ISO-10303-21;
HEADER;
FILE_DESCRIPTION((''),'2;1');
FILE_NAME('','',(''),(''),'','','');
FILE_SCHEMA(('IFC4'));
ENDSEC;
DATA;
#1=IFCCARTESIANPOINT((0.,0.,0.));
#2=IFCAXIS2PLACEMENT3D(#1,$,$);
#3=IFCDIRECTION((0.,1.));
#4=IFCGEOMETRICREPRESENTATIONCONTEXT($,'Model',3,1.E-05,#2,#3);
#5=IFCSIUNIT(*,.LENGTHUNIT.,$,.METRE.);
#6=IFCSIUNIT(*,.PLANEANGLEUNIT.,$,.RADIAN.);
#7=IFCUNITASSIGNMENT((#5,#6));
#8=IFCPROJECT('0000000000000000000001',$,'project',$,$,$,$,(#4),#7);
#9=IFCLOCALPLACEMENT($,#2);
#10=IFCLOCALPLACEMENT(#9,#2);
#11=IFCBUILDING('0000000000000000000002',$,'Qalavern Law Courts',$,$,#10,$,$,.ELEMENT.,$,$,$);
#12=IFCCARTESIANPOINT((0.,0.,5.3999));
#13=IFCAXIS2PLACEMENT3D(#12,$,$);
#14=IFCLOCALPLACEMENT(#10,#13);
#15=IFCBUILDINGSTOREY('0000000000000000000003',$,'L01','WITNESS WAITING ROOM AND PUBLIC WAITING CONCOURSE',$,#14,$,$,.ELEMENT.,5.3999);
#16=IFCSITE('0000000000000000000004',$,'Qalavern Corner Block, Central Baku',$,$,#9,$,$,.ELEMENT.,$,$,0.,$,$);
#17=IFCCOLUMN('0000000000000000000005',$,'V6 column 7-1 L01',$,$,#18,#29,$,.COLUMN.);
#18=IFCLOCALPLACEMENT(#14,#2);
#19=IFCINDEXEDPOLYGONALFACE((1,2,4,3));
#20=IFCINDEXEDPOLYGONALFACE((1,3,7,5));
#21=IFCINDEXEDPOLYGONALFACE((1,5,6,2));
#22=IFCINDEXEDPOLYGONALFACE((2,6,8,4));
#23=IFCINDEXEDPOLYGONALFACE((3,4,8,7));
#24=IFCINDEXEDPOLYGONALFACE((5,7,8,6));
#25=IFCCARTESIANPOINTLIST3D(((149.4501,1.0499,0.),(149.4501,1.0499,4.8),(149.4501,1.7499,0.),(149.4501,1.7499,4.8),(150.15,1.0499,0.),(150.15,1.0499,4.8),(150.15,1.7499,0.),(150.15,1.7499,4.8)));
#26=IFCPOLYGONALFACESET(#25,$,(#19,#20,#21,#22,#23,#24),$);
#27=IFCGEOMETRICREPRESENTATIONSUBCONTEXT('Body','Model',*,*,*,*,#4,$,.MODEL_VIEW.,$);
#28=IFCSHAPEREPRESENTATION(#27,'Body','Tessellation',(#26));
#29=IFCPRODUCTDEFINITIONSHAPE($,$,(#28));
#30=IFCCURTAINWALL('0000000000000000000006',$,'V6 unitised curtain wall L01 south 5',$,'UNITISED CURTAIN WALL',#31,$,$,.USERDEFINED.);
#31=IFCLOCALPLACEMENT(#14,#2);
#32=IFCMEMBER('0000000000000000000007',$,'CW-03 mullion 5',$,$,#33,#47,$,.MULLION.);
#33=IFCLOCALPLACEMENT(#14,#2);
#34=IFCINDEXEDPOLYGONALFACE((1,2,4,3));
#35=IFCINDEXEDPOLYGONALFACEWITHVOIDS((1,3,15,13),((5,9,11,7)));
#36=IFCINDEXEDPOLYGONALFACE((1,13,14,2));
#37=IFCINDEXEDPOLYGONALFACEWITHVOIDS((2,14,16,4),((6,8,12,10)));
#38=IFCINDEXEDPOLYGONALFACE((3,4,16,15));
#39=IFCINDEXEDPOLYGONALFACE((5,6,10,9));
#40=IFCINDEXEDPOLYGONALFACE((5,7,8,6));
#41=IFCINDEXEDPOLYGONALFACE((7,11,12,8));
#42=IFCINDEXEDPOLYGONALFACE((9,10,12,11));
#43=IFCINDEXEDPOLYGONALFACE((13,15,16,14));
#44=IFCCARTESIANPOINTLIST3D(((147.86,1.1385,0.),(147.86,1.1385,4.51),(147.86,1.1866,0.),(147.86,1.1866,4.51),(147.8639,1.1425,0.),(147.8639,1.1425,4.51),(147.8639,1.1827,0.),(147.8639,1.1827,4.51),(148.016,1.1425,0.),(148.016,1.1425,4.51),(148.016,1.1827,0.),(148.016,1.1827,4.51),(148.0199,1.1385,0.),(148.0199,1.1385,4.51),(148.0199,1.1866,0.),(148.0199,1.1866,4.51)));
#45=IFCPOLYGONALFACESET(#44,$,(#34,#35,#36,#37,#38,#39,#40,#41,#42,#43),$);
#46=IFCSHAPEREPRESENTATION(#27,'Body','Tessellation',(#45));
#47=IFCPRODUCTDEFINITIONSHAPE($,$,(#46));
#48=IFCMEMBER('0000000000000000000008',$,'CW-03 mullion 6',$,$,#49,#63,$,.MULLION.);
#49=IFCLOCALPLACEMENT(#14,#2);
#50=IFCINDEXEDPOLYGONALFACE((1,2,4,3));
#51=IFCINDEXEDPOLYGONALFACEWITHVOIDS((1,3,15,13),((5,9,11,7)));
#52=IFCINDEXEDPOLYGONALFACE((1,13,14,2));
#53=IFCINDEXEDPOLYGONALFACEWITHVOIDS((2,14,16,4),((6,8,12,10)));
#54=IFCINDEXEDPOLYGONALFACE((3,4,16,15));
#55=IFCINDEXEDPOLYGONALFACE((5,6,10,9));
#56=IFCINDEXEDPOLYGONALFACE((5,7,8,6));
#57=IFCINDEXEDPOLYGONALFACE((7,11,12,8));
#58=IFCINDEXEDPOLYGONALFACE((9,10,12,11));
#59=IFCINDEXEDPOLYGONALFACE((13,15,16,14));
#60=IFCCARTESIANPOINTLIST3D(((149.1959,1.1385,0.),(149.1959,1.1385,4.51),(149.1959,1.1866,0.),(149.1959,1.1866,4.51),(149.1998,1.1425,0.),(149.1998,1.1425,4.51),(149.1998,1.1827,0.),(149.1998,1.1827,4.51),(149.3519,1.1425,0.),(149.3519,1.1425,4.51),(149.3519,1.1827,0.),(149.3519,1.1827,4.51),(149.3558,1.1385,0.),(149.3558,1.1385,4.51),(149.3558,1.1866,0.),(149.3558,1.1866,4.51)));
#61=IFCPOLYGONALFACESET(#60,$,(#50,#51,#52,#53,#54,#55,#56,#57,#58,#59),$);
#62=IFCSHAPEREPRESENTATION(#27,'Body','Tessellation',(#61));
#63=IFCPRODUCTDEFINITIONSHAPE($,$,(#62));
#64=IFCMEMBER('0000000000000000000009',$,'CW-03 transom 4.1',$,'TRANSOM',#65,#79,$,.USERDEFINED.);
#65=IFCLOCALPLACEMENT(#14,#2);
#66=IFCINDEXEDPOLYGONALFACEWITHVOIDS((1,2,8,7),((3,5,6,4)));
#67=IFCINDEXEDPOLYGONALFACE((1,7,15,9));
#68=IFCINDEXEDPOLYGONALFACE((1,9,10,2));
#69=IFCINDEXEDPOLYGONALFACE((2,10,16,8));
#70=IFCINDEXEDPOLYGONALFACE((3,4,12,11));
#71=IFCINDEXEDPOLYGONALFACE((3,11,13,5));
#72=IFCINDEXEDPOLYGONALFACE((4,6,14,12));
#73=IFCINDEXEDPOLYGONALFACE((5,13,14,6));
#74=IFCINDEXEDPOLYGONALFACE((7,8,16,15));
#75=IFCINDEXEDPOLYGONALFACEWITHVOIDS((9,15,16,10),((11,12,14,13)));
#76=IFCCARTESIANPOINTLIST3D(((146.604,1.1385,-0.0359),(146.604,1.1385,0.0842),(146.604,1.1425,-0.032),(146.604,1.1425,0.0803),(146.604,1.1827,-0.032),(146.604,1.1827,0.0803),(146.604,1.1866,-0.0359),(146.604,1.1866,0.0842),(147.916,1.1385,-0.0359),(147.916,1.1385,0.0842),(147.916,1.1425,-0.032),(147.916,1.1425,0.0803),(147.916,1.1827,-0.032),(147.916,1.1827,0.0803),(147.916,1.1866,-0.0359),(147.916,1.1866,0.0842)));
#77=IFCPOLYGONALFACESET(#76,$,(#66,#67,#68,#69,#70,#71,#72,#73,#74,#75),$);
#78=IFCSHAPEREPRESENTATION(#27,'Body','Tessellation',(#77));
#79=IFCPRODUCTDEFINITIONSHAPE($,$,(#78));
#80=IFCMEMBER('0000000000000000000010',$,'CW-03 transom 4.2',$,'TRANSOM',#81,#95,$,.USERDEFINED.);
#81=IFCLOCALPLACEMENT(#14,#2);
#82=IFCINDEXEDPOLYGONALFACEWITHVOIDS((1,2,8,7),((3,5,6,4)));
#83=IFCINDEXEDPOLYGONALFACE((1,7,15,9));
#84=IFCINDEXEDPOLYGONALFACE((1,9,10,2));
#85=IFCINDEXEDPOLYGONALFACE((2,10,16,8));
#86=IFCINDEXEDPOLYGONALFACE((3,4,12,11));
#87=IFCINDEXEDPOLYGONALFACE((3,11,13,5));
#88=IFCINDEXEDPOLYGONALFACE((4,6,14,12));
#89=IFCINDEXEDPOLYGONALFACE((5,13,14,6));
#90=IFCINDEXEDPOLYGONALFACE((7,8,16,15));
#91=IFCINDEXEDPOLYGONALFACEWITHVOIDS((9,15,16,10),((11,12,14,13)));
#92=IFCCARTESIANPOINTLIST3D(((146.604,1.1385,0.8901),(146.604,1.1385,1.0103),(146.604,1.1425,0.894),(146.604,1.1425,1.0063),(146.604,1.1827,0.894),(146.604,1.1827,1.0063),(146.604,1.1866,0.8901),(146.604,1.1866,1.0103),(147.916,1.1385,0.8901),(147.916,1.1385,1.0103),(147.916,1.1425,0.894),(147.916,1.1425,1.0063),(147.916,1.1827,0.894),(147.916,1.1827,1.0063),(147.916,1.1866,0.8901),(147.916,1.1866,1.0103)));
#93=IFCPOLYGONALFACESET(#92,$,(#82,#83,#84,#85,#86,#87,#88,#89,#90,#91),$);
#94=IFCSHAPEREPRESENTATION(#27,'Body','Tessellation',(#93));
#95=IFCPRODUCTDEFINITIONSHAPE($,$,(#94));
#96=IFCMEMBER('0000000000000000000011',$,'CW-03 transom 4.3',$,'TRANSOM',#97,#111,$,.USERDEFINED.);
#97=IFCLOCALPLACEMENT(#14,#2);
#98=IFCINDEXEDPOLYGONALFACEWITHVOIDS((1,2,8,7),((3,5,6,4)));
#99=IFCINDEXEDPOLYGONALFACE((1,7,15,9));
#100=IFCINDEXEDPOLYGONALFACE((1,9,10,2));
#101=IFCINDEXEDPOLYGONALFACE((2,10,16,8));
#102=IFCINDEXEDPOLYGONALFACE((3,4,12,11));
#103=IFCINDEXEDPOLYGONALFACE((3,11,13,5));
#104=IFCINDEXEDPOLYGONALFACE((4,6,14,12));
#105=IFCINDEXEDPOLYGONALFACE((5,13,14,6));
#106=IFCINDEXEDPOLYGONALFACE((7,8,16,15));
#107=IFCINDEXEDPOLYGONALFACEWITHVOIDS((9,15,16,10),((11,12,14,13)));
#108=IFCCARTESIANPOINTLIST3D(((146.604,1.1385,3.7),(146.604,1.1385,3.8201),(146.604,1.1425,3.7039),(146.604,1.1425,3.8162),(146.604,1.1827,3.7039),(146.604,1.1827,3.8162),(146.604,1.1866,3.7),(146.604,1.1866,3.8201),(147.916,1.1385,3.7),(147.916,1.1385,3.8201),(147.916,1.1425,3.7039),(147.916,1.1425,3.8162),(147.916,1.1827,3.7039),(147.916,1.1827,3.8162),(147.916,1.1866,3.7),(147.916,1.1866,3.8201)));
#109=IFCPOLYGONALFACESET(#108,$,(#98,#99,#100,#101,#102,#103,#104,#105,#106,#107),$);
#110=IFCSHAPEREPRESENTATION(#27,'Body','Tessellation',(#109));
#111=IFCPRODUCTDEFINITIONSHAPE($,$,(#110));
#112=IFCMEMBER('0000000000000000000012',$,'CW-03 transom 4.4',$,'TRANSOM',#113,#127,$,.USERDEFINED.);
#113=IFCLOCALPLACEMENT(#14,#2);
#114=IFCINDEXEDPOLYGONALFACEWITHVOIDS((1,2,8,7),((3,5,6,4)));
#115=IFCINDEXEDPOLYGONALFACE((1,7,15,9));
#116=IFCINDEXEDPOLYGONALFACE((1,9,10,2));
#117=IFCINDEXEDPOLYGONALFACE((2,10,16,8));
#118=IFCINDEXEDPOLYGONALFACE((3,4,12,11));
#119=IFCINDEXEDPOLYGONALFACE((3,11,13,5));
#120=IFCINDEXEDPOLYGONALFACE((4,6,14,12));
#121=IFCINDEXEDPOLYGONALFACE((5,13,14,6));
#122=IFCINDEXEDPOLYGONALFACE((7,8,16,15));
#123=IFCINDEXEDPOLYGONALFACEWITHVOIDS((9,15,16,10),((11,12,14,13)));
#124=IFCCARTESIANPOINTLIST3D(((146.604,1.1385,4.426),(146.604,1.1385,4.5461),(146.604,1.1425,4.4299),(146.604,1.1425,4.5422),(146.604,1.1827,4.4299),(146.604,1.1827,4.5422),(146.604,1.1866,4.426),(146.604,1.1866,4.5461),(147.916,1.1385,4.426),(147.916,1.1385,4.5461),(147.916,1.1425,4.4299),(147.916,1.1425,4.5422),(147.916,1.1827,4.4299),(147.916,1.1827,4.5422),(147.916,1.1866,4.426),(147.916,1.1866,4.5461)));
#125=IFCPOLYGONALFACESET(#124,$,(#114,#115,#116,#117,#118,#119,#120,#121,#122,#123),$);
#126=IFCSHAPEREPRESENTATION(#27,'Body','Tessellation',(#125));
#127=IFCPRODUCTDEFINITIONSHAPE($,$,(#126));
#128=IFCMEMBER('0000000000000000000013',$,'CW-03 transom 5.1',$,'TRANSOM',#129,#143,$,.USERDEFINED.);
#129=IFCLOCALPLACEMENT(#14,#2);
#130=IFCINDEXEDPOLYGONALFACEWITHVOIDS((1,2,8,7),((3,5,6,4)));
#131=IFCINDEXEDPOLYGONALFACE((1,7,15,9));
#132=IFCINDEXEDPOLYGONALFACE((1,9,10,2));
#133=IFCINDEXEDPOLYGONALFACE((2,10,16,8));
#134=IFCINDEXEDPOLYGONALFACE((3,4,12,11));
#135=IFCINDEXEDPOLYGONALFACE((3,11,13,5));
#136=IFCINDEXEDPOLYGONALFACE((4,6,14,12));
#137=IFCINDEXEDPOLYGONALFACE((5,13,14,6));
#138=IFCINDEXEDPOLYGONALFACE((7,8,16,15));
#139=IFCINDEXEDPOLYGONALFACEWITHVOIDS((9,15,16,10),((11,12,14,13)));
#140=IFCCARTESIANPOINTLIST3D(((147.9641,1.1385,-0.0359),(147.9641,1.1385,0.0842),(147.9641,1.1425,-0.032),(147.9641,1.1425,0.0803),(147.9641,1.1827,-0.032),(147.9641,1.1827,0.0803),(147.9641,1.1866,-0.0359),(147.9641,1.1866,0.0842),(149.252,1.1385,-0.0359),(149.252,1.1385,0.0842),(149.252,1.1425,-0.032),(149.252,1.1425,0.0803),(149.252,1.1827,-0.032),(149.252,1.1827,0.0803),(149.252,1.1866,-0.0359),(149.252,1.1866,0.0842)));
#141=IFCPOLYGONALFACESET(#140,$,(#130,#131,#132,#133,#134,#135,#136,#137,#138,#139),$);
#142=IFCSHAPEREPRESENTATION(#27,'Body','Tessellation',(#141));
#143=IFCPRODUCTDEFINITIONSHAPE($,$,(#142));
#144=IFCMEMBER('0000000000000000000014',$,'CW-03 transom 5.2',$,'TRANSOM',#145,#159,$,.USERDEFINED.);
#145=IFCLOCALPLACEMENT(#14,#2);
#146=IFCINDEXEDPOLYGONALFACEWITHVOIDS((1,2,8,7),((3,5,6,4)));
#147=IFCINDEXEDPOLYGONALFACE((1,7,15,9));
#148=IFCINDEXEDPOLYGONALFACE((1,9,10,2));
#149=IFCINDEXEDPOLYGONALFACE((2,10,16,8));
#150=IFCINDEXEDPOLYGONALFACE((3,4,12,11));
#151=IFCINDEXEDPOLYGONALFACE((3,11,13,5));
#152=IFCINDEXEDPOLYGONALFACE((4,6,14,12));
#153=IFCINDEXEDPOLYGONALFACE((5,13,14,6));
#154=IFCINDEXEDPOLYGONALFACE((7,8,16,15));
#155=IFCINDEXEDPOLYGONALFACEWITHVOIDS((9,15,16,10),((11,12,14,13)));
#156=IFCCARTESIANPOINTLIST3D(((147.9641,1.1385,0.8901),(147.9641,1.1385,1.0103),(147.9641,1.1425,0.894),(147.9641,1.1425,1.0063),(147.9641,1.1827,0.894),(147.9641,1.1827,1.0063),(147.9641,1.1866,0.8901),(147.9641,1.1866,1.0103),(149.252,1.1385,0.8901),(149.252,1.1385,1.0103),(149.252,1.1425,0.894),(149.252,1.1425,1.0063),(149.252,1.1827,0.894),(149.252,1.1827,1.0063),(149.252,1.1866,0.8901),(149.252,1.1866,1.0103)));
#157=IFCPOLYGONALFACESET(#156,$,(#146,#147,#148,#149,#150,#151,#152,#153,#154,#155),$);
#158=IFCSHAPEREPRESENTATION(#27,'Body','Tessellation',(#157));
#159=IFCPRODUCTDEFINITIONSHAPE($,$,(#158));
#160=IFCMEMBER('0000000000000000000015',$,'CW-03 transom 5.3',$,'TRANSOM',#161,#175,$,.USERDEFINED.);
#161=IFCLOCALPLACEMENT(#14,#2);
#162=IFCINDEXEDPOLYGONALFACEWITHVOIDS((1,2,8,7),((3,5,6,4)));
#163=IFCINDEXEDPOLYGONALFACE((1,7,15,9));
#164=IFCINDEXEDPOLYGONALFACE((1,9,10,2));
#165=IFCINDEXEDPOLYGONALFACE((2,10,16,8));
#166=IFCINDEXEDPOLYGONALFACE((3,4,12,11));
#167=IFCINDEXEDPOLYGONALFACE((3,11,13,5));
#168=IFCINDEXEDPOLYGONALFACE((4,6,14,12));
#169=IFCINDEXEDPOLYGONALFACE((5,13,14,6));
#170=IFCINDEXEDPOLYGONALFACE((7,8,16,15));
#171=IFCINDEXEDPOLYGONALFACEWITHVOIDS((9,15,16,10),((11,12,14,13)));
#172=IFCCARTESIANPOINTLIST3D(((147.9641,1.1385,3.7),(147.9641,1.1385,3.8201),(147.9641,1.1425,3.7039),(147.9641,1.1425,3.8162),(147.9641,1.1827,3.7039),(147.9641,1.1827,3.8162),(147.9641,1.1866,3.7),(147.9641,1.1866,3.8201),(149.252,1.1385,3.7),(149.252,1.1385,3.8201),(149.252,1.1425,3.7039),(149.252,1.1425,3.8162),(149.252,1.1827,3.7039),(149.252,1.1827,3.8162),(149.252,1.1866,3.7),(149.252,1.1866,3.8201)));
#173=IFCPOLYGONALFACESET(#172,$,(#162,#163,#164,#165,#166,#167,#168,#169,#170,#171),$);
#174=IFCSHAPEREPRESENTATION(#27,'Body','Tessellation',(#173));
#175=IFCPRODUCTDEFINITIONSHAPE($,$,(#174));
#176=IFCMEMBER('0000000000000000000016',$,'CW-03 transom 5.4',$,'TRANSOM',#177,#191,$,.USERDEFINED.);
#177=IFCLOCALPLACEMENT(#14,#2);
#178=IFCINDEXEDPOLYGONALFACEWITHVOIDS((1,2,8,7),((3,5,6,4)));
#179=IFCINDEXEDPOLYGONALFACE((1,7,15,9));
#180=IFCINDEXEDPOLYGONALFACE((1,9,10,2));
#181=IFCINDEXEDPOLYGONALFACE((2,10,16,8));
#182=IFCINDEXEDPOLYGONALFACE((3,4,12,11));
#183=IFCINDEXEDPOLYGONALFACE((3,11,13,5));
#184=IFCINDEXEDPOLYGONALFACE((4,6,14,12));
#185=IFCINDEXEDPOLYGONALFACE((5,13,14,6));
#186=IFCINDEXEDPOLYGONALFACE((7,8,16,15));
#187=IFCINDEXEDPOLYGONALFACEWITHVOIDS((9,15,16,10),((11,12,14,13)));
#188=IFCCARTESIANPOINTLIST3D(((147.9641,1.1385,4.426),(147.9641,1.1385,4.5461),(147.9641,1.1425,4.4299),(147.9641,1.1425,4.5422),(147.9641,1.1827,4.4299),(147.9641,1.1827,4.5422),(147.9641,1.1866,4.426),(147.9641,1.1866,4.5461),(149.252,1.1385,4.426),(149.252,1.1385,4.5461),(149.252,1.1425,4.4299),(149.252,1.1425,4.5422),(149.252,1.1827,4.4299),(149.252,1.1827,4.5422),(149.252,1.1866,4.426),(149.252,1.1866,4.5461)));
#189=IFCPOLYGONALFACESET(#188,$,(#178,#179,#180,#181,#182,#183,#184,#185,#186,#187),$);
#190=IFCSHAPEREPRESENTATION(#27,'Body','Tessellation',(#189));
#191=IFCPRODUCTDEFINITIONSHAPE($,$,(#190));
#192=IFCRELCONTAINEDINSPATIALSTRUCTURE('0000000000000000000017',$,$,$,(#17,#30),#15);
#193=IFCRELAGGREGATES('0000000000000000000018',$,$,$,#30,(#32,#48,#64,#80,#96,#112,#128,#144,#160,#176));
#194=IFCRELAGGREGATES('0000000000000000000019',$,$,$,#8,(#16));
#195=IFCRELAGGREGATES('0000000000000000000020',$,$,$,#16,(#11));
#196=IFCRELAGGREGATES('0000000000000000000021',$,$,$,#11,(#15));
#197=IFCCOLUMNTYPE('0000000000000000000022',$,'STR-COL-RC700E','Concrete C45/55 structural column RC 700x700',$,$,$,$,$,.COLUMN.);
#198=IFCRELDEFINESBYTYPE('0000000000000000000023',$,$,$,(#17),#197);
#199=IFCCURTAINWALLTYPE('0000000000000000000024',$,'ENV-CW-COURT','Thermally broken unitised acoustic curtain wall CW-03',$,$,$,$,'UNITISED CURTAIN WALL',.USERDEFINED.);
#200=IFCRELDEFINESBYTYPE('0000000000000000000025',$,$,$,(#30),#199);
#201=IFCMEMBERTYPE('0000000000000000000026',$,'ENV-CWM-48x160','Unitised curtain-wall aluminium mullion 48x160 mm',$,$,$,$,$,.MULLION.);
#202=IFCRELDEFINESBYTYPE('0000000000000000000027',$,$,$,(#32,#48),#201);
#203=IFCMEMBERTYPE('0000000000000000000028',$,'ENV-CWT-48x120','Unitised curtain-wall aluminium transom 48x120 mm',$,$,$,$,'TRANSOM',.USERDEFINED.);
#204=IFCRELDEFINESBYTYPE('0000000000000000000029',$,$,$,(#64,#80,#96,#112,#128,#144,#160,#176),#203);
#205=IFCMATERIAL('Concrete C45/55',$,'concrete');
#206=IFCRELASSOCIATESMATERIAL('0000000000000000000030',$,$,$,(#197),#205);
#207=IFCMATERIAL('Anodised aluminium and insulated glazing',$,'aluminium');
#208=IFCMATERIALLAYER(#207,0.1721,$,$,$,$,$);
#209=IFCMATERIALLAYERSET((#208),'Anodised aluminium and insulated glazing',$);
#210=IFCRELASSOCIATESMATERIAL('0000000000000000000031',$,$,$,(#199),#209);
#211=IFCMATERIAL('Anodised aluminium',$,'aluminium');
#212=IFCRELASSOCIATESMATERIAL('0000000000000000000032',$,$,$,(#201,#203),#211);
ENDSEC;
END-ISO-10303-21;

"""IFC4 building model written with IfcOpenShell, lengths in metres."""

from ifc_helpers import new_model, si_unit, direction, frame, origin, origin_2d, place, context, subcontext, project, spatial, rectangle, hollow_rectangle, extrude, material, layer, layer_set, material_profile, profile_set, type_object, element, aggregate, save


model = new_model("IFC4")

# Units and contexts
model_context = context("Model", 3, precision=1e-05, world=origin(), true_north=direction((0.0, 1.0)))
body_context = subcontext(model_context, "Body", "Model", "MODEL_VIEW")
ifc_project = project(units=[si_unit("LENGTHUNIT", "METRE"), si_unit("PLANEANGLEUNIT", "RADIAN")], contexts=[model_context])

# Site, building, storey
site_placement = place(None, origin())
site = spatial("IfcSite", under=ifc_project, at=site_placement, Name="Qalavern Corner Block, Central Baku", CompositionType="ELEMENT", RefElevation=0.0)
building_placement = place(site_placement, origin())
building = spatial("IfcBuilding", under=site, at=building_placement, Name="Qalavern Law Courts", CompositionType="ELEMENT")
storey_placement = place(building_placement, frame((0.0, 0.0, 5.3999)))
storey = spatial("IfcBuildingStorey", under=building, at=storey_placement, Name="L01", Description="WITNESS WAITING ROOM AND PUBLIC WAITING CONCOURSE", CompositionType="ELEMENT", Elevation=5.3999)

# Column
ifc_material_1 = material(Name="Concrete C45/55", Category="concrete")
ifc_material_profile_1 = material_profile(ifc_material_1, rectangle(XDim=0.7, YDim=0.7, at=origin_2d()), Name="RC 700x700")
ifc_profile_set_1 = profile_set([ifc_material_profile_1], Name="Concrete C45/55")
column_type = type_object("IfcColumnType", Name="STR-COL-RC700E", Description="Concrete C45/55 structural column RC 700x700", PredefinedType="COLUMN", material=ifc_profile_set_1)
column_placement = place(storey_placement, frame((149.8, 1.3999, 0.0), z_axis=(0.0, 0.0, 1.0), x_axis=(1.0, 0.0, 0.0)))
element("IfcColumn", 1, at=column_placement, inside=storey, type_object=column_type, Name="V6 column 7-1 L01", PredefinedType="COLUMN", context=body_context, shape_type="SweptSolid", body=[
    extrude(rectangle(XDim=0.7, YDim=0.7, at=origin_2d()), origin(), (0.0, 0.0, 1.0), 4.8),
])

# Curtain wall, members
ifc_material_2 = material(Name="Anodised aluminium and insulated glazing", Category="aluminium")
ifc_layer_1 = layer(ifc_material_2, 0.1721)
ifc_layer_set_1 = layer_set([ifc_layer_1], Name="Anodised aluminium and insulated glazing")
curtain_wall_type = type_object("IfcCurtainWallType", Name="ENV-CW-COURT", Description="Thermally broken unitised acoustic curtain wall CW-03", ElementType="UNITISED CURTAIN WALL", PredefinedType="USERDEFINED", material=ifc_layer_set_1)
curtain_wall_placement = place(storey_placement, origin())
curtain_wall = element("IfcCurtainWall", 2, at=curtain_wall_placement, inside=storey, type_object=curtain_wall_type, Name="V6 unitised curtain wall L01 south 5", ObjectType="UNITISED CURTAIN WALL", PredefinedType="USERDEFINED")
ifc_material_3 = material(Name="Anodised aluminium", Category="aluminium")
ifc_material_profile_2 = material_profile(ifc_material_3, hollow_rectangle(XDim=0.0481, YDim=0.1599, WallThickness=0.0039, at=origin_2d()), Name="ALU MULLION 48x160")
ifc_profile_set_2 = profile_set([ifc_material_profile_2], Name="Anodised aluminium")
member_type_1 = type_object("IfcMemberType", Name="ENV-CWM-48x160", Description="Unitised curtain-wall aluminium mullion 48x160 mm", PredefinedType="MULLION", material=ifc_profile_set_2)
member_1_placement = place(storey_placement, frame((147.9399, 1.1626, 0.0), z_axis=(0.0, 0.0, 1.0), x_axis=(0.0, 1.0, 0.0)))
member_1 = element("IfcMember", 3, at=member_1_placement, type_object=member_type_1, Name="CW-03 mullion 5", PredefinedType="MULLION", context=body_context, shape_type="SweptSolid", body=[
    extrude(hollow_rectangle(XDim=0.0481, YDim=0.1599, WallThickness=0.0039, at=origin_2d()), origin(), (0.0, 0.0, 1.0), 4.51),
])
member_2_placement = place(storey_placement, frame((149.2759, 1.1626, 0.0), z_axis=(0.0, 0.0, 1.0), x_axis=(0.0, 1.0, 0.0)))
member_2 = element("IfcMember", 4, at=member_2_placement, type_object=member_type_1, Name="CW-03 mullion 6", PredefinedType="MULLION", context=body_context, shape_type="SweptSolid", body=[
    extrude(hollow_rectangle(XDim=0.0481, YDim=0.1599, WallThickness=0.0039, at=origin_2d()), origin(), (0.0, 0.0, 1.0), 4.51),
])
ifc_material_profile_3 = material_profile(ifc_material_3, hollow_rectangle(XDim=0.0481, YDim=0.1201, WallThickness=0.0039, at=origin_2d()), Name="ALU TRANSOM 48x120")
ifc_profile_set_3 = profile_set([ifc_material_profile_3], Name="Anodised aluminium")
member_type_2 = type_object("IfcMemberType", Name="ENV-CWT-48x120", Description="Unitised curtain-wall aluminium transom 48x120 mm", ElementType="TRANSOM", PredefinedType="USERDEFINED", material=ifc_profile_set_3)
member_3_placement = place(storey_placement, frame((146.604, 1.1626, 0.0242), z_axis=(1.0, 0.0, 0.0), x_axis=(0.0, 1.0, 0.0)))
member_3 = element("IfcMember", 5, at=member_3_placement, type_object=member_type_2, Name="CW-03 transom 4.1", ObjectType="TRANSOM", PredefinedType="USERDEFINED", context=body_context, shape_type="SweptSolid", body=[
    extrude(hollow_rectangle(XDim=0.0481, YDim=0.1201, WallThickness=0.0039, at=origin_2d()), origin(), (0.0, 0.0, 1.0), 1.312),
])
member_4_placement = place(storey_placement, frame((146.604, 1.1626, 0.9502), z_axis=(1.0, 0.0, 0.0), x_axis=(0.0, 1.0, 0.0)))
member_4 = element("IfcMember", 6, at=member_4_placement, type_object=member_type_2, Name="CW-03 transom 4.2", ObjectType="TRANSOM", PredefinedType="USERDEFINED", context=body_context, shape_type="SweptSolid", body=[
    extrude(hollow_rectangle(XDim=0.0481, YDim=0.1201, WallThickness=0.0039, at=origin_2d()), origin(), (0.0, 0.0, 1.0), 1.312),
])
member_5_placement = place(storey_placement, frame((146.604, 1.1626, 3.76), z_axis=(1.0, 0.0, 0.0), x_axis=(0.0, 1.0, 0.0)))
member_5 = element("IfcMember", 7, at=member_5_placement, type_object=member_type_2, Name="CW-03 transom 4.3", ObjectType="TRANSOM", PredefinedType="USERDEFINED", context=body_context, shape_type="SweptSolid", body=[
    extrude(hollow_rectangle(XDim=0.0481, YDim=0.1201, WallThickness=0.0039, at=origin_2d()), origin(), (0.0, 0.0, 1.0), 1.312),
])
member_6_placement = place(storey_placement, frame((146.604, 1.1626, 4.4861), z_axis=(1.0, 0.0, 0.0), x_axis=(0.0, 1.0, 0.0)))
member_6 = element("IfcMember", 8, at=member_6_placement, type_object=member_type_2, Name="CW-03 transom 4.4", ObjectType="TRANSOM", PredefinedType="USERDEFINED", context=body_context, shape_type="SweptSolid", body=[
    extrude(hollow_rectangle(XDim=0.0481, YDim=0.1201, WallThickness=0.0039, at=origin_2d()), origin(), (0.0, 0.0, 1.0), 1.312),
])
member_7_placement = place(storey_placement, frame((147.9641, 1.1626, 0.0242), z_axis=(1.0, 0.0, 0.0), x_axis=(0.0, 1.0, 0.0)))
member_7 = element("IfcMember", 9, at=member_7_placement, type_object=member_type_2, Name="CW-03 transom 5.1", ObjectType="TRANSOM", PredefinedType="USERDEFINED", context=body_context, shape_type="SweptSolid", body=[
    extrude(hollow_rectangle(XDim=0.0481, YDim=0.1201, WallThickness=0.0039, at=origin_2d()), origin(), (0.0, 0.0, 1.0), 1.2878),
])
member_8_placement = place(storey_placement, frame((147.9641, 1.1626, 0.9502), z_axis=(1.0, 0.0, 0.0), x_axis=(0.0, 1.0, 0.0)))
member_8 = element("IfcMember", 10, at=member_8_placement, type_object=member_type_2, Name="CW-03 transom 5.2", ObjectType="TRANSOM", PredefinedType="USERDEFINED", context=body_context, shape_type="SweptSolid", body=[
    extrude(hollow_rectangle(XDim=0.0481, YDim=0.1201, WallThickness=0.0039, at=origin_2d()), origin(), (0.0, 0.0, 1.0), 1.2878),
])
member_9_placement = place(storey_placement, frame((147.9641, 1.1626, 3.76), z_axis=(1.0, 0.0, 0.0), x_axis=(0.0, 1.0, 0.0)))
member_9 = element("IfcMember", 11, at=member_9_placement, type_object=member_type_2, Name="CW-03 transom 5.3", ObjectType="TRANSOM", PredefinedType="USERDEFINED", context=body_context, shape_type="SweptSolid", body=[
    extrude(hollow_rectangle(XDim=0.0481, YDim=0.1201, WallThickness=0.0039, at=origin_2d()), origin(), (0.0, 0.0, 1.0), 1.2878),
])
member_10_placement = place(storey_placement, frame((147.9641, 1.1626, 4.4861), z_axis=(1.0, 0.0, 0.0), x_axis=(0.0, 1.0, 0.0)))
member_10 = element("IfcMember", 12, at=member_10_placement, type_object=member_type_2, Name="CW-03 transom 5.4", ObjectType="TRANSOM", PredefinedType="USERDEFINED", context=body_context, shape_type="SweptSolid", body=[
    extrude(hollow_rectangle(XDim=0.0481, YDim=0.1201, WallThickness=0.0039, at=origin_2d()), origin(), (0.0, 0.0, 1.0), 1.2878),
])

aggregate(curtain_wall, [member_1, member_2, member_3, member_4, member_5, member_6, member_7, member_8, member_9, member_10])

save(model, "model.ifc")
